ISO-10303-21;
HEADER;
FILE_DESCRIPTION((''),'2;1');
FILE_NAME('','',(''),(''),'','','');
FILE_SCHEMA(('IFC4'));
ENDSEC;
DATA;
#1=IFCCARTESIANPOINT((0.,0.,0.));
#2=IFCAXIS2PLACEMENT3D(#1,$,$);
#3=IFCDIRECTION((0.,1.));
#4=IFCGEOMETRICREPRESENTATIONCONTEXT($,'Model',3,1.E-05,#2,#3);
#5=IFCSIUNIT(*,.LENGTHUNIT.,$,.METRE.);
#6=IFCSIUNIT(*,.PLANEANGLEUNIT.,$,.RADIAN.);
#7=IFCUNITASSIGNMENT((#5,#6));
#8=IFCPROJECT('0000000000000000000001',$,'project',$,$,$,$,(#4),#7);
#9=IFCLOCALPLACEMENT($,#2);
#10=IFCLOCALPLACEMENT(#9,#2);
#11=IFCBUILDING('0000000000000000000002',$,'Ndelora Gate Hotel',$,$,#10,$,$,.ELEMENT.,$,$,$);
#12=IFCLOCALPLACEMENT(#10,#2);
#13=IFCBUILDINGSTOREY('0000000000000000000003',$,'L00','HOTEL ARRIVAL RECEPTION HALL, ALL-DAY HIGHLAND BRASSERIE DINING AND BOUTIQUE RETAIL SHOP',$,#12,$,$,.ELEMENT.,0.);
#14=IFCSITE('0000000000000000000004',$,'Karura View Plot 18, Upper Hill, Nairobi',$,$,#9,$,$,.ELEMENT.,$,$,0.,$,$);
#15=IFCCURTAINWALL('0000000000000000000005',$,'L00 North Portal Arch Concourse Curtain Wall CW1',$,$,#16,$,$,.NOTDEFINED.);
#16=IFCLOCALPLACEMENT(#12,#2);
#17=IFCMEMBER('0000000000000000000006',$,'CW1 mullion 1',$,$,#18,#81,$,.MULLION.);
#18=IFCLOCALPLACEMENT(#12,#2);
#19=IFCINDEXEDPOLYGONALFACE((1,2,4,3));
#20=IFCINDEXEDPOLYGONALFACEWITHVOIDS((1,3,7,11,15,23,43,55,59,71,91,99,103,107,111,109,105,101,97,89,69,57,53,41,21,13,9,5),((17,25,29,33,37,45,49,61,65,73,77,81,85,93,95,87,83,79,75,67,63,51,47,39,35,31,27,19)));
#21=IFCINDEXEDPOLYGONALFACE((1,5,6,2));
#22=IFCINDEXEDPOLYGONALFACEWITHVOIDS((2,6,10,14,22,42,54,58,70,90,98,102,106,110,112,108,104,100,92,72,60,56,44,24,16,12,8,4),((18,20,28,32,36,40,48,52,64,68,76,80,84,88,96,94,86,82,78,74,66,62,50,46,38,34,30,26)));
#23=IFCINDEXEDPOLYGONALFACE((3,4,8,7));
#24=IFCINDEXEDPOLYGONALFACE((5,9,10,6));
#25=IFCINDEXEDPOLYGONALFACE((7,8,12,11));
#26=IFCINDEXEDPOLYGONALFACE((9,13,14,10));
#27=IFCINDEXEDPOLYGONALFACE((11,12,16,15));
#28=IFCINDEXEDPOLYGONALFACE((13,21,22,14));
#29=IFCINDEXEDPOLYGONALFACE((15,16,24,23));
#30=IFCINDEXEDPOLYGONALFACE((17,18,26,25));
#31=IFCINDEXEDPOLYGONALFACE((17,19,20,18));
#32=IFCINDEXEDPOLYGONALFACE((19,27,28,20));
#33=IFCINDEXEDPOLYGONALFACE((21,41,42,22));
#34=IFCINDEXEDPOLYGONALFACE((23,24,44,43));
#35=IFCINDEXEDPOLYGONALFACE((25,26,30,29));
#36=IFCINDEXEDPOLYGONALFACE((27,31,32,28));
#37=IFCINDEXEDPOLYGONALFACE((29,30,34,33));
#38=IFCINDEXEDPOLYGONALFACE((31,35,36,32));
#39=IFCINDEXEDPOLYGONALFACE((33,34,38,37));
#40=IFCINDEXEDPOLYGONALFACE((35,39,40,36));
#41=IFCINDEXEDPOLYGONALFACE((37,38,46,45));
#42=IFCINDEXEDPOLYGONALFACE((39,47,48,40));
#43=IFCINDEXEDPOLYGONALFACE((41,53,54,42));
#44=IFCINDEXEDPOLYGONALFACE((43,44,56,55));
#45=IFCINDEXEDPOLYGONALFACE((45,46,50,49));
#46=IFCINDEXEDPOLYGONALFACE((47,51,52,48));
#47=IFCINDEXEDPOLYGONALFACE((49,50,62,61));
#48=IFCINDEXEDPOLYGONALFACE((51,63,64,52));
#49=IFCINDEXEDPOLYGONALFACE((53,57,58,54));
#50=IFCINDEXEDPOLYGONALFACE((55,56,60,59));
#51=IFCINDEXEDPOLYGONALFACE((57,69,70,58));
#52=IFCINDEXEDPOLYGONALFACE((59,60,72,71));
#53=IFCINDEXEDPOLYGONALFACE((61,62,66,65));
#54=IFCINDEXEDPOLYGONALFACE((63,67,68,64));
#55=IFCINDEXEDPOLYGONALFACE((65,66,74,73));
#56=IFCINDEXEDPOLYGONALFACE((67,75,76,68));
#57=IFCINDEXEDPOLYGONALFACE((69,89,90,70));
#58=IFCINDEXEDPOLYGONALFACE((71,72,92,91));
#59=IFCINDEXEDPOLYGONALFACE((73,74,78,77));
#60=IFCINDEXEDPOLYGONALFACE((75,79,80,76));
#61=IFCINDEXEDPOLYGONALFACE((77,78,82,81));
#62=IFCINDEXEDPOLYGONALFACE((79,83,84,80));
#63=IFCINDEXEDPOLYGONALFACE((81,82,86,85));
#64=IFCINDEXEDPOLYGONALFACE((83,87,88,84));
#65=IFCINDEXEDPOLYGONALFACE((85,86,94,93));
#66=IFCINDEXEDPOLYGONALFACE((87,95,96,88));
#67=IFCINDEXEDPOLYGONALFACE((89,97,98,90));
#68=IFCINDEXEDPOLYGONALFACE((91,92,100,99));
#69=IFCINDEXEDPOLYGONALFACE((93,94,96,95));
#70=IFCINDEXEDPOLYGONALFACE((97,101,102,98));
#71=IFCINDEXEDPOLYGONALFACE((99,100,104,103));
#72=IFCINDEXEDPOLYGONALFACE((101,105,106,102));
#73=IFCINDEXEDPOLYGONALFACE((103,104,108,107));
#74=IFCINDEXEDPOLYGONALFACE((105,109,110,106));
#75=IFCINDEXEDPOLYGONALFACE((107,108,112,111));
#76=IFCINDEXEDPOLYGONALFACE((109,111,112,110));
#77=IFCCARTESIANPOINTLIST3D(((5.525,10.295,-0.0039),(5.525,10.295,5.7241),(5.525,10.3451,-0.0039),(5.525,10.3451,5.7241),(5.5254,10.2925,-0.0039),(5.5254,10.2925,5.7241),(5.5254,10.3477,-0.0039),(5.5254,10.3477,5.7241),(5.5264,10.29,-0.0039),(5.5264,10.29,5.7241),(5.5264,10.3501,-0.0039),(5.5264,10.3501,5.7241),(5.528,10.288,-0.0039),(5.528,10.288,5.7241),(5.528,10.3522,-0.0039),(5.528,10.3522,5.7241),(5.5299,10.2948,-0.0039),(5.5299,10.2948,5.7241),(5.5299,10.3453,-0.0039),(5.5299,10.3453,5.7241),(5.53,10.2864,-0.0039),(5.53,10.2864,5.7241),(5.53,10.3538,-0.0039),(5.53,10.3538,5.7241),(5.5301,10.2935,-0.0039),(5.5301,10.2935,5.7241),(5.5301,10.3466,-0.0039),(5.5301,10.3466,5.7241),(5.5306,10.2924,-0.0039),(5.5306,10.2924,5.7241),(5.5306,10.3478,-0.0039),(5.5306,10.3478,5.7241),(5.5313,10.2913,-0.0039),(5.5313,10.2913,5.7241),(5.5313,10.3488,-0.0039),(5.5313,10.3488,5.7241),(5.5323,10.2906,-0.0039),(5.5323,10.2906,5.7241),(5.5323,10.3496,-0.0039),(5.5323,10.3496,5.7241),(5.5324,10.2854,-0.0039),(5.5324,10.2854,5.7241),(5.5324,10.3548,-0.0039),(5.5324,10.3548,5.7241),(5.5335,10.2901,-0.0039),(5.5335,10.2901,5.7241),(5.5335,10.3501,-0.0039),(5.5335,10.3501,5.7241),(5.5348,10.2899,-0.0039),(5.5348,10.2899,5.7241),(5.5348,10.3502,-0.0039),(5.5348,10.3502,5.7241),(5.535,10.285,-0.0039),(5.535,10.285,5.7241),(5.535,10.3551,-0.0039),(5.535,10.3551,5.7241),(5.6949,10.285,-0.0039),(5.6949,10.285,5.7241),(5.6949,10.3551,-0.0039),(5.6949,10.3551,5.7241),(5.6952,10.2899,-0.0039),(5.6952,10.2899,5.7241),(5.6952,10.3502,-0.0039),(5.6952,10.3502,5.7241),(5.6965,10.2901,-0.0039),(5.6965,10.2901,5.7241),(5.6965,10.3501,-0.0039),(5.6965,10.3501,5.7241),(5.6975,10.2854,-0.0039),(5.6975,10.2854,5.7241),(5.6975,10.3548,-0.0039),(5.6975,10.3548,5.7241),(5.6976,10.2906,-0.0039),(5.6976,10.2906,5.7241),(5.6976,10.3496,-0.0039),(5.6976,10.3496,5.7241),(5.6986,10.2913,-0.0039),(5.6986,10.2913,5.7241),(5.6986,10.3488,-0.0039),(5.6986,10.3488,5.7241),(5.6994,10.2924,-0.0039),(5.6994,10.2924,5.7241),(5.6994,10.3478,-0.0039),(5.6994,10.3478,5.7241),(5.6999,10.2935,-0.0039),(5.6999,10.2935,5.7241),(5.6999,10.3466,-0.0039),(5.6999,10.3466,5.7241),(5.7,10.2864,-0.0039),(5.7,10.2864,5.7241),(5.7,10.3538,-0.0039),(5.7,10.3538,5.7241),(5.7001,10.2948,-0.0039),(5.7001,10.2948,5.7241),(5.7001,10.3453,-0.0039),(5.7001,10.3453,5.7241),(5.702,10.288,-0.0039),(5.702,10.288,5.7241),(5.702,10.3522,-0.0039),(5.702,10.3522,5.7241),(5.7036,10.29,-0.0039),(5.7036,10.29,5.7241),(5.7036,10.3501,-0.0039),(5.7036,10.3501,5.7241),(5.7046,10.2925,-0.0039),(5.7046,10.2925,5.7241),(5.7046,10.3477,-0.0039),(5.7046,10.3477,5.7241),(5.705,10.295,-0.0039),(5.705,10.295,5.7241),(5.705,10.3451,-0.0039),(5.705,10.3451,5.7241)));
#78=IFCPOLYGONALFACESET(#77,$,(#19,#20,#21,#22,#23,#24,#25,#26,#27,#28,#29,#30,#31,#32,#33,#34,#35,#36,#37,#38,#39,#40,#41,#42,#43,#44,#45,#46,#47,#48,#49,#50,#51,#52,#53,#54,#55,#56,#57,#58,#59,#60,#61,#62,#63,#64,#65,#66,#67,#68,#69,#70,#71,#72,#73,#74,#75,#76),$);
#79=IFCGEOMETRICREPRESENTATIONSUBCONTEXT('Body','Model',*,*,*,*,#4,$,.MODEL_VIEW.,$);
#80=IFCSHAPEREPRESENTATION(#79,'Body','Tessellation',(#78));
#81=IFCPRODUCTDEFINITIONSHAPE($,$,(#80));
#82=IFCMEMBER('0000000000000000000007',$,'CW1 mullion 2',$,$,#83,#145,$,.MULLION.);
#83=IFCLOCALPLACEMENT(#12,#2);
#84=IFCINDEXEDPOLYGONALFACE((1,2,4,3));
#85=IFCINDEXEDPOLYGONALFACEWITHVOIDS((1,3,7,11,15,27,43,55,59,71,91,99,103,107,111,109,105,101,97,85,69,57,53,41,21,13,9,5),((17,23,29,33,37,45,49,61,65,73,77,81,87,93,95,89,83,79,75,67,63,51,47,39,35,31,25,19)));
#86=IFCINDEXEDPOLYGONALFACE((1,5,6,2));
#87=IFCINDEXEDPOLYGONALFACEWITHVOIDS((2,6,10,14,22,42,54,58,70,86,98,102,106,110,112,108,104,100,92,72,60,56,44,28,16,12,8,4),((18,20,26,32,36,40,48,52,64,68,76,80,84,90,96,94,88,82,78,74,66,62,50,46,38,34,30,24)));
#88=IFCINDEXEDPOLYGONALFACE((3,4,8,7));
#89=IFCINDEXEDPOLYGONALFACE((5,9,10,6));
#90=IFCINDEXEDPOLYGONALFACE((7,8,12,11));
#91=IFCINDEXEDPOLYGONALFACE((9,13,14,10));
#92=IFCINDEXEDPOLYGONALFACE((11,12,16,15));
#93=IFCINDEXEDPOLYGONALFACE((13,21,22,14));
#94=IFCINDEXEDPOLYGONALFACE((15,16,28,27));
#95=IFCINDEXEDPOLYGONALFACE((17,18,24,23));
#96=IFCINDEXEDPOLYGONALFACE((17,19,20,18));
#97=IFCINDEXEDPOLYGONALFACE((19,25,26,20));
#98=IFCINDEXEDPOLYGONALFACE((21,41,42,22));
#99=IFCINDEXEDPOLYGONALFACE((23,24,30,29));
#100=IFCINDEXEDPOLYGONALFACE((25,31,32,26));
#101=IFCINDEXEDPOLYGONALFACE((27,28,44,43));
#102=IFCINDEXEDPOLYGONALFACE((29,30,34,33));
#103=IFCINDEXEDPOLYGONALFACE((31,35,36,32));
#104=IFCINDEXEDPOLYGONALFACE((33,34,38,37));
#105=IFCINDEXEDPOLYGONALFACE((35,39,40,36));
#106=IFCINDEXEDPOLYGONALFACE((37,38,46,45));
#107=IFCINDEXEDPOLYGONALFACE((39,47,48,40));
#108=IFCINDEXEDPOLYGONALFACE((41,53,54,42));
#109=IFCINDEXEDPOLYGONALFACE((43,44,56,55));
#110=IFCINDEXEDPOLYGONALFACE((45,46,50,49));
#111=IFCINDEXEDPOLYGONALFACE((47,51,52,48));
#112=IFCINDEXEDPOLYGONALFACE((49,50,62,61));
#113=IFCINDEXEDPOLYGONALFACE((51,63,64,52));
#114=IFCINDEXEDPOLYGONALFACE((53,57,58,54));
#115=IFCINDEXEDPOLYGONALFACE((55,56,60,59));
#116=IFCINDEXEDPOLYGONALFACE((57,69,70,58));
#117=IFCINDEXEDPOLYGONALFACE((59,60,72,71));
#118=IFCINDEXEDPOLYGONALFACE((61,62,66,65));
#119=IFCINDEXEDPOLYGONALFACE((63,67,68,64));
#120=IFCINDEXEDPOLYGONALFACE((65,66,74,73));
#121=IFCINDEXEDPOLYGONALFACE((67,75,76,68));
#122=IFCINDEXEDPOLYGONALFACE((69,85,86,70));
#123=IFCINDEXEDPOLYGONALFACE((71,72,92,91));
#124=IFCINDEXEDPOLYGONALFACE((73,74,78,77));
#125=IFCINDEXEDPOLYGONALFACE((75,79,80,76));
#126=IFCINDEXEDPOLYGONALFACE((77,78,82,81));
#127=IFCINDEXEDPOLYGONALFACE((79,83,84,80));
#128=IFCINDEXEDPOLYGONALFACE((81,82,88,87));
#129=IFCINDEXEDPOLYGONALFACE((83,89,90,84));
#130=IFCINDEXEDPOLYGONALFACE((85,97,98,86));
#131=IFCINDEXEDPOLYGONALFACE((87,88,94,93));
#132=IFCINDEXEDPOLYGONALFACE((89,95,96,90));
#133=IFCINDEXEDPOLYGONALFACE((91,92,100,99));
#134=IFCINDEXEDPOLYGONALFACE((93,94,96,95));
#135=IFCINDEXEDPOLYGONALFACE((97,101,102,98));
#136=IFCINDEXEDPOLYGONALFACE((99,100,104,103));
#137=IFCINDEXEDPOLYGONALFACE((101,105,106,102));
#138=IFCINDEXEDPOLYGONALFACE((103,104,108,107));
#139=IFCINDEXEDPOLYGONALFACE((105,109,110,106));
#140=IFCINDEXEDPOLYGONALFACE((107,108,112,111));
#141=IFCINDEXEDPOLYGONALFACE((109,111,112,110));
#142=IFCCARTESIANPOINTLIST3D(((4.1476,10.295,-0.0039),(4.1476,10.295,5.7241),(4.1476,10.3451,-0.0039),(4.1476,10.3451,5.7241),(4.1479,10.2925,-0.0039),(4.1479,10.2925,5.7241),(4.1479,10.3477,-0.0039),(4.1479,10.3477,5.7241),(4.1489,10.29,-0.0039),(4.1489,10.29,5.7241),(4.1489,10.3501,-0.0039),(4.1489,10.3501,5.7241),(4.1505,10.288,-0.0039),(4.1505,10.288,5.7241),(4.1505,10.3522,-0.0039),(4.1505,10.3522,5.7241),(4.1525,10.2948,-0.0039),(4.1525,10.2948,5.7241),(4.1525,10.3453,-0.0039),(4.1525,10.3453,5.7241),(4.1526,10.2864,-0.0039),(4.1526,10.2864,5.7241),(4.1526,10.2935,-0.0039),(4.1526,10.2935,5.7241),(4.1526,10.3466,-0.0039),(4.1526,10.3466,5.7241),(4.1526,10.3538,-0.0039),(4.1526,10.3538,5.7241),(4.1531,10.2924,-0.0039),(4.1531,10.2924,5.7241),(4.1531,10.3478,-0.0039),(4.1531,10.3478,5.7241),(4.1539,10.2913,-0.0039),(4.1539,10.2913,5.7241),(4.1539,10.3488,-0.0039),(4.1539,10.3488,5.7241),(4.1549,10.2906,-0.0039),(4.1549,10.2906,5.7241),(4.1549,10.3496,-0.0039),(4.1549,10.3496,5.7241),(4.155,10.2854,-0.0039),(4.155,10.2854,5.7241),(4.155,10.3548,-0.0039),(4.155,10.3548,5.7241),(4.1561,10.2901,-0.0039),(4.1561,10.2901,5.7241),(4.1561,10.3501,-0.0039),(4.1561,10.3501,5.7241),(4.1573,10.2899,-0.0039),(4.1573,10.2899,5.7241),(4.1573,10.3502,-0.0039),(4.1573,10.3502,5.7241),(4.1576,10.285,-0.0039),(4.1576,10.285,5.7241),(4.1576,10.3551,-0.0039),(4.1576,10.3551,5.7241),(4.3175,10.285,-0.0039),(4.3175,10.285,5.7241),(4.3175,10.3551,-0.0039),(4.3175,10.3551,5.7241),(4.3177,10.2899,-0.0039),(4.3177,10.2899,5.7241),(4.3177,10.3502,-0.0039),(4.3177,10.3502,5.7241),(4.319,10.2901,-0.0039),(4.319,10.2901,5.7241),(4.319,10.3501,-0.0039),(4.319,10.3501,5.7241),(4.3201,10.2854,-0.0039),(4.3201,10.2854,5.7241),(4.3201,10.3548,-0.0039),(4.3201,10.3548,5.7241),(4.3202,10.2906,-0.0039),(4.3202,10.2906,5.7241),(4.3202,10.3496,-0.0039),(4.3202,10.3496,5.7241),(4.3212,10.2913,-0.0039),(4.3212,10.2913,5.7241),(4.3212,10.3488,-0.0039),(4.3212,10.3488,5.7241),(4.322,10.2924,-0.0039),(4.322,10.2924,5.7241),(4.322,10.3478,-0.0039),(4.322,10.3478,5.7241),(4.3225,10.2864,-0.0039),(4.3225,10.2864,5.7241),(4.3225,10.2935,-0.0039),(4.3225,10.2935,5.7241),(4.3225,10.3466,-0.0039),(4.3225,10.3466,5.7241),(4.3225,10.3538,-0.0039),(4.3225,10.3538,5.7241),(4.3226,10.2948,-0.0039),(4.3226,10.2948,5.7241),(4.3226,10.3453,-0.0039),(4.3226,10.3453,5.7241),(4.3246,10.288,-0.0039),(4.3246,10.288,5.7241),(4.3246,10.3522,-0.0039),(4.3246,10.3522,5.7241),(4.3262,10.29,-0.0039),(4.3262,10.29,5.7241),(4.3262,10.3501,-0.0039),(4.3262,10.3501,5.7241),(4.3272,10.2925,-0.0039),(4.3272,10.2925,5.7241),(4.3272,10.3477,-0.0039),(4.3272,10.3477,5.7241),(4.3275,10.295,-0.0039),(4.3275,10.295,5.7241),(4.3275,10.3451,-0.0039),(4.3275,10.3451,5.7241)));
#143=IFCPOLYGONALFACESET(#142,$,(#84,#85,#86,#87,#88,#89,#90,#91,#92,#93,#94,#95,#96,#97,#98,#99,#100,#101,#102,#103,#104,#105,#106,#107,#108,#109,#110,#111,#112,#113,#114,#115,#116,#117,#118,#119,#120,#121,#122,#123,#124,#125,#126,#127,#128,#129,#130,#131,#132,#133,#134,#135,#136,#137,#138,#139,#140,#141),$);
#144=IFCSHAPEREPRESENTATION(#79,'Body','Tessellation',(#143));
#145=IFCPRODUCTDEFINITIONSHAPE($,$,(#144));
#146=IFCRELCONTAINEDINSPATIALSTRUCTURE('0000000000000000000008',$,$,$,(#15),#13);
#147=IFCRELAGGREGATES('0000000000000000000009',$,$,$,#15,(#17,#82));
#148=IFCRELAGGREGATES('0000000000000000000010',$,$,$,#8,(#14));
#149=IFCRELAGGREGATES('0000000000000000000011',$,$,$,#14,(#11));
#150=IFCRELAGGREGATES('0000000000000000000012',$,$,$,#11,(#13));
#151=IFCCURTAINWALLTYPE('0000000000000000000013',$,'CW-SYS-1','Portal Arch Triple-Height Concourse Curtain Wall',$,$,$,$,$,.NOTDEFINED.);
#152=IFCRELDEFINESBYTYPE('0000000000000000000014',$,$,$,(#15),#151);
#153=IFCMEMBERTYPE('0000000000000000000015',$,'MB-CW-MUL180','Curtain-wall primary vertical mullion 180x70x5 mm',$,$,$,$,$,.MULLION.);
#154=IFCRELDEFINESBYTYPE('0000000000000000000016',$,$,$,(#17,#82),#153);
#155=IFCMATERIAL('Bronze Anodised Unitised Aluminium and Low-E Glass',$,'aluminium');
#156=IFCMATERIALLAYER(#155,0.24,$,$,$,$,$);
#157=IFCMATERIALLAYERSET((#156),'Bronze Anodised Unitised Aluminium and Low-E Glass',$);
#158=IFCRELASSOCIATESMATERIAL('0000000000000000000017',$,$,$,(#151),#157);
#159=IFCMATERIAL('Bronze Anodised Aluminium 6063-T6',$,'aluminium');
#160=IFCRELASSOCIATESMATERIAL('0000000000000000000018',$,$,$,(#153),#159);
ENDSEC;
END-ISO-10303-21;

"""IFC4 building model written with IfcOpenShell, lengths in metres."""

from ifc_helpers import new_model, si_unit, direction, frame, origin, origin_2d, place, context, subcontext, project, spatial, hollow_rectangle, extrude, material, layer, layer_set, material_profile, profile_set, type_object, element, aggregate, save


model = new_model("IFC4")

# Units and contexts
model_context = context("Model", 3, precision=1e-05, world=origin(), true_north=direction((0.0, 1.0)))
body_context = subcontext(model_context, "Body", "Model", "MODEL_VIEW")
ifc_project = project(units=[si_unit("LENGTHUNIT", "METRE"), si_unit("PLANEANGLEUNIT", "RADIAN")], contexts=[model_context])

# Site, building, storey
site_placement = place(None, origin())
site = spatial("IfcSite", under=ifc_project, at=site_placement, Name="Karura View Plot 18, Upper Hill, Nairobi", CompositionType="ELEMENT", RefElevation=0.0)
building_placement = place(site_placement, origin())
building = spatial("IfcBuilding", under=site, at=building_placement, Name="Ndelora Gate Hotel", CompositionType="ELEMENT")
storey_placement = place(building_placement, origin())
storey = spatial("IfcBuildingStorey", under=building, at=storey_placement, Name="L00", Description="HOTEL ARRIVAL RECEPTION HALL, ALL-DAY HIGHLAND BRASSERIE DINING AND BOUTIQUE RETAIL SHOP", CompositionType="ELEMENT", Elevation=0.0)

# Curtain wall, members
ifc_material_1 = material(Name="Bronze Anodised Unitised Aluminium and Low-E Glass", Category="aluminium")
ifc_layer_1 = layer(ifc_material_1, 0.24)
ifc_layer_set_1 = layer_set([ifc_layer_1], Name="Bronze Anodised Unitised Aluminium and Low-E Glass")
curtain_wall_type = type_object("IfcCurtainWallType", Name="CW-SYS-1", Description="Portal Arch Triple-Height Concourse Curtain Wall", PredefinedType="NOTDEFINED", material=ifc_layer_set_1)
curtain_wall_placement = place(storey_placement, origin())
curtain_wall = element("IfcCurtainWall", 1, at=curtain_wall_placement, inside=storey, type_object=curtain_wall_type, Name="L00 North Portal Arch Concourse Curtain Wall CW1", PredefinedType="NOTDEFINED")
ifc_material_2 = material(Name="Bronze Anodised Aluminium 6063-T6", Category="aluminium")
ifc_material_profile_1 = material_profile(ifc_material_2, hollow_rectangle(XDim=0.0701, YDim=0.1799, WallThickness=0.0049, InnerFilletRadius=0.0049, OuterFilletRadius=0.01, at=origin_2d()), Name="ALU 180x70x5")
ifc_profile_set_1 = profile_set([ifc_material_profile_1], Name="Bronze Anodised Aluminium 6063-T6")
member_type_1 = type_object("IfcMemberType", Name="MB-CW-MUL180", Description="Curtain-wall primary vertical mullion 180x70x5 mm", PredefinedType="MULLION", material=ifc_profile_set_1)
member_1_placement = place(storey_placement, frame((5.615, 10.3201, -0.0039), z_axis=(0.0, 0.0, 1.0), x_axis=(0.0, -1.0, 0.0)))
member_1 = element("IfcMember", 2, at=member_1_placement, type_object=member_type_1, Name="CW1 mullion 1", PredefinedType="MULLION", context=body_context, shape_type="SweptSolid", body=[
    extrude(hollow_rectangle(XDim=0.0701, YDim=0.1799, WallThickness=0.0049, InnerFilletRadius=0.0049, OuterFilletRadius=0.01, at=origin_2d()), origin(), (0.0, 0.0, 1.0), 5.728),
])
member_2_placement = place(storey_placement, frame((4.2375, 10.3201, -0.0039), z_axis=(0.0, 0.0, 1.0), x_axis=(0.0, -1.0, 0.0)))
member_2 = element("IfcMember", 3, at=member_2_placement, type_object=member_type_1, Name="CW1 mullion 2", PredefinedType="MULLION", context=body_context, shape_type="SweptSolid", body=[
    extrude(hollow_rectangle(XDim=0.0701, YDim=0.1799, WallThickness=0.0049, InnerFilletRadius=0.0049, OuterFilletRadius=0.01, at=origin_2d()), origin(), (0.0, 0.0, 1.0), 5.728),
])
aggregate(curtain_wall, [member_1, member_2])

save(model, "model.ifc")
